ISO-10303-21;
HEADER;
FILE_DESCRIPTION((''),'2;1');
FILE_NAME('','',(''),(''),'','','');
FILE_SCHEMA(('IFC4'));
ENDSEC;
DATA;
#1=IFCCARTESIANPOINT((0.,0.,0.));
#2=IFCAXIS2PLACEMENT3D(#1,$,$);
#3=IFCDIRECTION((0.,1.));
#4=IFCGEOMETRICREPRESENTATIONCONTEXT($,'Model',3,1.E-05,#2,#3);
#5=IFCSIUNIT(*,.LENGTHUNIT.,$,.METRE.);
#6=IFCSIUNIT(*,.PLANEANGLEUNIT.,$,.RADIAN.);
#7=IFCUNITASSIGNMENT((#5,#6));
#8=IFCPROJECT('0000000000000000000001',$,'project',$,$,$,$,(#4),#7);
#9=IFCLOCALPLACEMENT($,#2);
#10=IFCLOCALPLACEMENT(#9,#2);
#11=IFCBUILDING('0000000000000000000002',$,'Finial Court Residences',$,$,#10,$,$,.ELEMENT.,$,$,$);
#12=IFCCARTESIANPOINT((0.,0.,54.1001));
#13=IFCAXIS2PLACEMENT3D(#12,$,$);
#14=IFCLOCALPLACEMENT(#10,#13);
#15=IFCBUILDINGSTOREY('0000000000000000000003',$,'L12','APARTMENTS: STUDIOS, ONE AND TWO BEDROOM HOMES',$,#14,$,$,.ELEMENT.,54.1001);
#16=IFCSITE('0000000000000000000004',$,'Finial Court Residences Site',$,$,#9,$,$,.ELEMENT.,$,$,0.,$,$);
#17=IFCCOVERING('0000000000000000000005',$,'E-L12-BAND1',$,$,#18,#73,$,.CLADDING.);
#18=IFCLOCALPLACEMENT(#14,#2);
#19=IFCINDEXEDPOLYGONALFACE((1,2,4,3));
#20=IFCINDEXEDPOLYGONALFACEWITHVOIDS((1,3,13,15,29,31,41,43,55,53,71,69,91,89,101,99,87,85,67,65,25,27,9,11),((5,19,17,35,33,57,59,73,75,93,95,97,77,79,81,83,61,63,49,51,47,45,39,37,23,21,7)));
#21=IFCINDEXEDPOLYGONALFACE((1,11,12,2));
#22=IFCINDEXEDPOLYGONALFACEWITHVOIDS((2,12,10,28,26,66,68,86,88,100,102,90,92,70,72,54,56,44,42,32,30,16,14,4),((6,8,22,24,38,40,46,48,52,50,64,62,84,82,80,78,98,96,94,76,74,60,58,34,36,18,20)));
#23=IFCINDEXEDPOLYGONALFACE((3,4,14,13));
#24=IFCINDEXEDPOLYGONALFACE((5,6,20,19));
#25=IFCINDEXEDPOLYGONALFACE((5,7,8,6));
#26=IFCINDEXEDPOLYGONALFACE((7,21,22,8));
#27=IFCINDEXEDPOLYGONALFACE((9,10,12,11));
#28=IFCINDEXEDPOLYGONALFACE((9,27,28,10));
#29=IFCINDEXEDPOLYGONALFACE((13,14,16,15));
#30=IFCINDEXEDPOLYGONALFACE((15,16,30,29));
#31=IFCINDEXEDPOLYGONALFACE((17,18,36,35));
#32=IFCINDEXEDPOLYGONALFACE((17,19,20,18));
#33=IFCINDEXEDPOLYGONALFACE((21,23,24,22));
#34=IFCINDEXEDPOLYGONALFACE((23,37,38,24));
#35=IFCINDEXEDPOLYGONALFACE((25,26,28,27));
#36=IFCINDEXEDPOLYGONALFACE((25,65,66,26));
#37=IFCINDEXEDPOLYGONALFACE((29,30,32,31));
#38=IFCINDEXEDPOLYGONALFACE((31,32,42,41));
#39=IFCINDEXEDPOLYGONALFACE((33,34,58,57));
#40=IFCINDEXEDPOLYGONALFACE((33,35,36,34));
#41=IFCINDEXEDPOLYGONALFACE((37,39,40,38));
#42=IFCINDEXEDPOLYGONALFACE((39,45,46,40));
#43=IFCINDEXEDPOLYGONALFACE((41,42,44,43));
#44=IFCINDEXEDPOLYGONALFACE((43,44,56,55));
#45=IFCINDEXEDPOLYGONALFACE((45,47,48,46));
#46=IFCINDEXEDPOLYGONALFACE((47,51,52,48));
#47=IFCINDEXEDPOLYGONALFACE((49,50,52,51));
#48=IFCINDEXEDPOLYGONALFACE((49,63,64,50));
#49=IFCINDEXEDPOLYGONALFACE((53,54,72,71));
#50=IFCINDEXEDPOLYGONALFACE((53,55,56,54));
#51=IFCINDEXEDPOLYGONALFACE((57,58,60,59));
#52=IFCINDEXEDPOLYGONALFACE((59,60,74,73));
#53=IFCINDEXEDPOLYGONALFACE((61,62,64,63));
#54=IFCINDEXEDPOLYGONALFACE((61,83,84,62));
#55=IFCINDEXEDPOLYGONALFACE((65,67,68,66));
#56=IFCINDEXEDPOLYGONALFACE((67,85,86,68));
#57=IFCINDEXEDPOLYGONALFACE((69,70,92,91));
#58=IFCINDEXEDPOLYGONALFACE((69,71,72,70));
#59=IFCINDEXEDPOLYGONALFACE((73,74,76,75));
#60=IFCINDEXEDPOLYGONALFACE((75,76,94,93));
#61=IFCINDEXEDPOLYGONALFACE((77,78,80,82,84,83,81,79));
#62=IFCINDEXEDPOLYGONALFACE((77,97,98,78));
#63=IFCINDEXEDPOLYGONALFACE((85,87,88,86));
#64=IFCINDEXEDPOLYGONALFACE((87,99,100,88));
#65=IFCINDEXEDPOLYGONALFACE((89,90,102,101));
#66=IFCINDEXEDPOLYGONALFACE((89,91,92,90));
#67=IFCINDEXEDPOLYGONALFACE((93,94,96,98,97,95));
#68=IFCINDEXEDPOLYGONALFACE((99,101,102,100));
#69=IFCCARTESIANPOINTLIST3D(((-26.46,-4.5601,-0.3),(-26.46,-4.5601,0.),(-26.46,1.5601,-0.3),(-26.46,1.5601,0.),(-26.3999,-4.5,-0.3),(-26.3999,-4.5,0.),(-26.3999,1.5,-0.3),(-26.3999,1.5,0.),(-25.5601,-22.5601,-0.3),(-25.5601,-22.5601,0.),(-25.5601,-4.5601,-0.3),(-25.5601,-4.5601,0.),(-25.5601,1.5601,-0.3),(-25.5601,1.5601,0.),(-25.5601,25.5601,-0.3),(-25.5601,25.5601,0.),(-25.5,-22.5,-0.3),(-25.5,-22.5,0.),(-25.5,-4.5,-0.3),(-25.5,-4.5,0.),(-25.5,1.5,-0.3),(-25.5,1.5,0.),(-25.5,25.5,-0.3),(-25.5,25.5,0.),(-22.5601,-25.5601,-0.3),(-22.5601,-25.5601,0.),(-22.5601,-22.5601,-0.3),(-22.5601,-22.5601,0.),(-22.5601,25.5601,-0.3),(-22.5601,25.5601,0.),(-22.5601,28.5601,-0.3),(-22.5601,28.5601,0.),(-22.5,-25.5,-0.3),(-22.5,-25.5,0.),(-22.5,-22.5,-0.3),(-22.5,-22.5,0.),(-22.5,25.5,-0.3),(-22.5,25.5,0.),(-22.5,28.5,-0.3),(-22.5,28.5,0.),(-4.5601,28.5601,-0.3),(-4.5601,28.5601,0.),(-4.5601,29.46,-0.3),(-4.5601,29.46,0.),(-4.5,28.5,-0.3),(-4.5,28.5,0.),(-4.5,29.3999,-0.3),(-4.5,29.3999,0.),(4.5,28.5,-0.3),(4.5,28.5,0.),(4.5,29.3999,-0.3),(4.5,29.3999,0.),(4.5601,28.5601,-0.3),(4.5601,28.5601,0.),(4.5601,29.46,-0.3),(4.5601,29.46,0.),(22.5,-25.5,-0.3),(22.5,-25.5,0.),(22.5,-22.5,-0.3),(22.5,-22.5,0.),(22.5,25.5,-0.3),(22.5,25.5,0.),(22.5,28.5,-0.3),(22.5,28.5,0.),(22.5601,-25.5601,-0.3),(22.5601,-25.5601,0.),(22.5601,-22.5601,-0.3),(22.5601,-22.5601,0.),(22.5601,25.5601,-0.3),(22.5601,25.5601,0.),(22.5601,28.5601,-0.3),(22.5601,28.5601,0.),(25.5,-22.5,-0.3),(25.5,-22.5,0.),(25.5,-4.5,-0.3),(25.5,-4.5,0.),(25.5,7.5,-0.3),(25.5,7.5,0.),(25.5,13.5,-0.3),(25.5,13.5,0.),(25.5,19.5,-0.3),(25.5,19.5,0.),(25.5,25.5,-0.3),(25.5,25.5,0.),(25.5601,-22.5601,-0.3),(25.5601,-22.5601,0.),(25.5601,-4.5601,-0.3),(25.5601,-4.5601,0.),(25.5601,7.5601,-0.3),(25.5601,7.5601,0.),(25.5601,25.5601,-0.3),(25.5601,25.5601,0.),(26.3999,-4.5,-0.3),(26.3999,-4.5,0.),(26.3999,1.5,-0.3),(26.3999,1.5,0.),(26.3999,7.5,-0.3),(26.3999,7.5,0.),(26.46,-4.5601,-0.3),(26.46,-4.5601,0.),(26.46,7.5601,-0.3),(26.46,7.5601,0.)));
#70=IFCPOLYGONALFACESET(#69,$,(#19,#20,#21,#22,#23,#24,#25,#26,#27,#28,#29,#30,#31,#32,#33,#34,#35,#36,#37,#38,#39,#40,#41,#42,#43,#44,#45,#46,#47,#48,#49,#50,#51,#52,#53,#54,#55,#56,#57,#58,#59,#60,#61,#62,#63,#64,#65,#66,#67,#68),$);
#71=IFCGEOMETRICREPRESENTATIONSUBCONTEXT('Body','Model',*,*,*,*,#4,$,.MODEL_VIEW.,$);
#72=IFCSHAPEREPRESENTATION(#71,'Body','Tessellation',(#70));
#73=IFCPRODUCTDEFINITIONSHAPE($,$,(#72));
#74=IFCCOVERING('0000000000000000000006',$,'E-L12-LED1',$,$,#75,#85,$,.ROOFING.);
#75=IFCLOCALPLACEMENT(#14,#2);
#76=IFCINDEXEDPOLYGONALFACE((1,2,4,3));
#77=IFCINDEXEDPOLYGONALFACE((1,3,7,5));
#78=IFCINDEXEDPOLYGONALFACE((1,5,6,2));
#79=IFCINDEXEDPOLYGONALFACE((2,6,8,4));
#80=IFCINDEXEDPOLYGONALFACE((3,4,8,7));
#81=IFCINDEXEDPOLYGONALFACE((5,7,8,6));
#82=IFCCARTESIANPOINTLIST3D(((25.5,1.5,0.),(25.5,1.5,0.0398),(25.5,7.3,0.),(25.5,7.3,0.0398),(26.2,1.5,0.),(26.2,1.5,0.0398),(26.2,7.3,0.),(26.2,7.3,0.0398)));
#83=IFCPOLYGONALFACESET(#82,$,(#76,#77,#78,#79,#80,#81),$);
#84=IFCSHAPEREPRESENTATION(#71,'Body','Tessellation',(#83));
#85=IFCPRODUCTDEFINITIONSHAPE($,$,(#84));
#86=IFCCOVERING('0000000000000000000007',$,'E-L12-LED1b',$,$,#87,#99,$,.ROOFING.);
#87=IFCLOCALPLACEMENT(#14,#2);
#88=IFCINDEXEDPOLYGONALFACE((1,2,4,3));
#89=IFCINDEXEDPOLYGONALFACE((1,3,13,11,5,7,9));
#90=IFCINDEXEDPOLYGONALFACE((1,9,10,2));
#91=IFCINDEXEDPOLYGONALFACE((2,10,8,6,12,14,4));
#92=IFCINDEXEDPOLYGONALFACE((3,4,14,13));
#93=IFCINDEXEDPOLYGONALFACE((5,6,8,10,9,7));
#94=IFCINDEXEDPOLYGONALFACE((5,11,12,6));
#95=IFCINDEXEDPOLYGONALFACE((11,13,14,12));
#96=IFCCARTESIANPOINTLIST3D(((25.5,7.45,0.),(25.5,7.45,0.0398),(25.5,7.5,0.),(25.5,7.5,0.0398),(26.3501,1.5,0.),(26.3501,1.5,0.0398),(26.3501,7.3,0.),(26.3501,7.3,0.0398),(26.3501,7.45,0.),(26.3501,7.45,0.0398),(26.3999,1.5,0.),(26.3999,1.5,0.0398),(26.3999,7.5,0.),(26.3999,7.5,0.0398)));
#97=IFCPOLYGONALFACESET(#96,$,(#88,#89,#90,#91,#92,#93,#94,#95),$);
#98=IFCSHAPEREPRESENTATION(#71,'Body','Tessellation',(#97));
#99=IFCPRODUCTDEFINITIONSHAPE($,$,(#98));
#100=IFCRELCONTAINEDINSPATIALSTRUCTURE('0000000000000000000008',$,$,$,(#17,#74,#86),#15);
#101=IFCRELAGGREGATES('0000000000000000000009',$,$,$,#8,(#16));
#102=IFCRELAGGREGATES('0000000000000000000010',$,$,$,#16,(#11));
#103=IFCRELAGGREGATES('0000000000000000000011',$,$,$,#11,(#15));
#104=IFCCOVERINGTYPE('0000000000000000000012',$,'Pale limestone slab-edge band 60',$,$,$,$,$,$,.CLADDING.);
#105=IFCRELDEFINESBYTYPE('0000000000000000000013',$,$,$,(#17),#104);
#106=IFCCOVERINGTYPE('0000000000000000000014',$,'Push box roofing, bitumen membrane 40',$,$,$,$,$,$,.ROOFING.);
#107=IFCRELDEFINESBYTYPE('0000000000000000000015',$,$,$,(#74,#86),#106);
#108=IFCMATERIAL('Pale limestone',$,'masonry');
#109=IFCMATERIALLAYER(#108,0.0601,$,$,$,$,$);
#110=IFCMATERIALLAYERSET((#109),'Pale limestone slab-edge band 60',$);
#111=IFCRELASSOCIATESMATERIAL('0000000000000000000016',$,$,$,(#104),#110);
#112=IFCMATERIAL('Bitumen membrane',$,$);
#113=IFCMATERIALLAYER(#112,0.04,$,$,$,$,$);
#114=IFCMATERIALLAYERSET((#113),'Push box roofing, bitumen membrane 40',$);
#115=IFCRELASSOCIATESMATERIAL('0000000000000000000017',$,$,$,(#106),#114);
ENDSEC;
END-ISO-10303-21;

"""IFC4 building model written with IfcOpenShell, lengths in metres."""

from ifc_helpers import new_model, si_unit, direction, frame, origin, place, context, subcontext, project, spatial, polyline, outline, extrude, material, layer, layer_set, type_object, element, save


model = new_model("IFC4")

# Units and contexts
model_context = context("Model", 3, precision=1e-05, world=origin(), true_north=direction((0.0, 1.0)))
body_context = subcontext(model_context, "Body", "Model", "MODEL_VIEW")
ifc_project = project(units=[si_unit("LENGTHUNIT", "METRE"), si_unit("PLANEANGLEUNIT", "RADIAN")], contexts=[model_context])

# Site, building, storey
site_placement = place(None, origin())
site = spatial("IfcSite", under=ifc_project, at=site_placement, Name="Finial Court Residences Site", CompositionType="ELEMENT", RefElevation=0.0)
building_placement = place(site_placement, origin())
building = spatial("IfcBuilding", under=site, at=building_placement, Name="Finial Court Residences", CompositionType="ELEMENT")
storey_placement = place(building_placement, frame((0.0, 0.0, 54.1001)))
storey = spatial("IfcBuildingStorey", under=building, at=storey_placement, Name="L12", Description="APARTMENTS: STUDIOS, ONE AND TWO BEDROOM HOMES", CompositionType="ELEMENT", Elevation=54.1001)

# Coverings
ifc_material_1 = material(Name="Pale limestone", Category="masonry")
ifc_layer_1 = layer(ifc_material_1, 0.0601)
ifc_layer_set_1 = layer_set([ifc_layer_1], Name="Pale limestone slab-edge band 60")
covering_type_1 = type_object("IfcCoveringType", Name="Pale limestone slab-edge band 60", PredefinedType="CLADDING", material=ifc_layer_set_1)
covering_1_placement = place(storey_placement, frame((0.0, 0.0, -0.3)))
element("IfcCovering", 1, at=covering_1_placement, inside=storey, type_object=covering_type_1, Name="E-L12-BAND1", PredefinedType="CLADDING", context=body_context, shape_type="SweptSolid", body=[
    extrude(outline(polyline([(-22.5601, 25.5601), (-22.5601, 28.5601), (-4.5601, 28.5601), (-4.5601, 29.46), (4.5601, 29.46), (4.5601, 28.5601), (22.5601, 28.5601), (22.5601, 25.5601), (25.5601, 25.5601), (25.5601, 7.5601), (26.46, 7.5601), (26.46, -4.5601), (25.5601, -4.5601), (25.5601, -22.5601), (22.5601, -22.5601), (22.5601, -25.5601), (-22.5601, -25.5601), (-22.5601, -22.5601), (-25.5601, -22.5601), (-25.5601, -4.5601), (-26.46, -4.5601), (-26.46, 1.5601), (-25.5601, 1.5601), (-25.5601, 25.5601), (-22.5601, 25.5601)]), holes=[polyline([(-25.5, 1.5), (-26.3999, 1.5), (-26.3999, -4.5), (-25.5, -4.5), (-25.5, -22.5), (-22.5, -22.5), (-22.5, -25.5), (22.5, -25.5), (22.5, -22.5), (25.5, -22.5), (25.5, -4.5), (26.3999, -4.5), (26.3999, 1.5), (26.3999, 7.5), (25.5, 7.5), (25.5, 13.5), (25.5, 19.5), (25.5, 25.5), (22.5, 25.5), (22.5, 28.5), (4.5, 28.5), (4.5, 29.3999), (-4.5, 29.3999), (-4.5, 28.5), (-22.5, 28.5), (-22.5, 25.5), (-25.5, 25.5), (-25.5, 1.5)])]), origin(), (0.0, 0.0, 1.0), 0.3),
])
ifc_material_2 = material(Name="Bitumen membrane")
ifc_layer_2 = layer(ifc_material_2, 0.04)
ifc_layer_set_2 = layer_set([ifc_layer_2], Name="Push box roofing, bitumen membrane 40")
covering_type_2 = type_object("IfcCoveringType", Name="Push box roofing, bitumen membrane 40", PredefinedType="ROOFING", material=ifc_layer_set_2)
covering_2_placement = place(storey_placement, origin())
element("IfcCovering", 2, at=covering_2_placement, inside=storey, type_object=covering_type_2, Name="E-L12-LED1", PredefinedType="ROOFING", context=body_context, shape_type="SweptSolid", body=[
    extrude(outline(polyline([(25.5, 7.3), (26.2, 7.3), (26.2, 1.5), (25.5, 1.5), (25.5, 7.3)])), origin(), (0.0, 0.0, 1.0), 0.0398),
])
covering_3_placement = place(storey_placement, origin())
element("IfcCovering", 3, at=covering_3_placement, inside=storey, type_object=covering_type_2, Name="E-L12-LED1b", PredefinedType="ROOFING", context=body_context, shape_type="SweptSolid", body=[
    extrude(outline(polyline([(25.5, 7.5), (26.3999, 7.5), (26.3999, 1.5), (26.3501, 1.5), (26.3501, 7.3), (26.3501, 7.3), (26.3501, 7.45), (25.5, 7.45), (25.5, 7.5)])), origin(), (0.0, 0.0, 1.0), 0.0398),
])

save(model, "model.ifc")
